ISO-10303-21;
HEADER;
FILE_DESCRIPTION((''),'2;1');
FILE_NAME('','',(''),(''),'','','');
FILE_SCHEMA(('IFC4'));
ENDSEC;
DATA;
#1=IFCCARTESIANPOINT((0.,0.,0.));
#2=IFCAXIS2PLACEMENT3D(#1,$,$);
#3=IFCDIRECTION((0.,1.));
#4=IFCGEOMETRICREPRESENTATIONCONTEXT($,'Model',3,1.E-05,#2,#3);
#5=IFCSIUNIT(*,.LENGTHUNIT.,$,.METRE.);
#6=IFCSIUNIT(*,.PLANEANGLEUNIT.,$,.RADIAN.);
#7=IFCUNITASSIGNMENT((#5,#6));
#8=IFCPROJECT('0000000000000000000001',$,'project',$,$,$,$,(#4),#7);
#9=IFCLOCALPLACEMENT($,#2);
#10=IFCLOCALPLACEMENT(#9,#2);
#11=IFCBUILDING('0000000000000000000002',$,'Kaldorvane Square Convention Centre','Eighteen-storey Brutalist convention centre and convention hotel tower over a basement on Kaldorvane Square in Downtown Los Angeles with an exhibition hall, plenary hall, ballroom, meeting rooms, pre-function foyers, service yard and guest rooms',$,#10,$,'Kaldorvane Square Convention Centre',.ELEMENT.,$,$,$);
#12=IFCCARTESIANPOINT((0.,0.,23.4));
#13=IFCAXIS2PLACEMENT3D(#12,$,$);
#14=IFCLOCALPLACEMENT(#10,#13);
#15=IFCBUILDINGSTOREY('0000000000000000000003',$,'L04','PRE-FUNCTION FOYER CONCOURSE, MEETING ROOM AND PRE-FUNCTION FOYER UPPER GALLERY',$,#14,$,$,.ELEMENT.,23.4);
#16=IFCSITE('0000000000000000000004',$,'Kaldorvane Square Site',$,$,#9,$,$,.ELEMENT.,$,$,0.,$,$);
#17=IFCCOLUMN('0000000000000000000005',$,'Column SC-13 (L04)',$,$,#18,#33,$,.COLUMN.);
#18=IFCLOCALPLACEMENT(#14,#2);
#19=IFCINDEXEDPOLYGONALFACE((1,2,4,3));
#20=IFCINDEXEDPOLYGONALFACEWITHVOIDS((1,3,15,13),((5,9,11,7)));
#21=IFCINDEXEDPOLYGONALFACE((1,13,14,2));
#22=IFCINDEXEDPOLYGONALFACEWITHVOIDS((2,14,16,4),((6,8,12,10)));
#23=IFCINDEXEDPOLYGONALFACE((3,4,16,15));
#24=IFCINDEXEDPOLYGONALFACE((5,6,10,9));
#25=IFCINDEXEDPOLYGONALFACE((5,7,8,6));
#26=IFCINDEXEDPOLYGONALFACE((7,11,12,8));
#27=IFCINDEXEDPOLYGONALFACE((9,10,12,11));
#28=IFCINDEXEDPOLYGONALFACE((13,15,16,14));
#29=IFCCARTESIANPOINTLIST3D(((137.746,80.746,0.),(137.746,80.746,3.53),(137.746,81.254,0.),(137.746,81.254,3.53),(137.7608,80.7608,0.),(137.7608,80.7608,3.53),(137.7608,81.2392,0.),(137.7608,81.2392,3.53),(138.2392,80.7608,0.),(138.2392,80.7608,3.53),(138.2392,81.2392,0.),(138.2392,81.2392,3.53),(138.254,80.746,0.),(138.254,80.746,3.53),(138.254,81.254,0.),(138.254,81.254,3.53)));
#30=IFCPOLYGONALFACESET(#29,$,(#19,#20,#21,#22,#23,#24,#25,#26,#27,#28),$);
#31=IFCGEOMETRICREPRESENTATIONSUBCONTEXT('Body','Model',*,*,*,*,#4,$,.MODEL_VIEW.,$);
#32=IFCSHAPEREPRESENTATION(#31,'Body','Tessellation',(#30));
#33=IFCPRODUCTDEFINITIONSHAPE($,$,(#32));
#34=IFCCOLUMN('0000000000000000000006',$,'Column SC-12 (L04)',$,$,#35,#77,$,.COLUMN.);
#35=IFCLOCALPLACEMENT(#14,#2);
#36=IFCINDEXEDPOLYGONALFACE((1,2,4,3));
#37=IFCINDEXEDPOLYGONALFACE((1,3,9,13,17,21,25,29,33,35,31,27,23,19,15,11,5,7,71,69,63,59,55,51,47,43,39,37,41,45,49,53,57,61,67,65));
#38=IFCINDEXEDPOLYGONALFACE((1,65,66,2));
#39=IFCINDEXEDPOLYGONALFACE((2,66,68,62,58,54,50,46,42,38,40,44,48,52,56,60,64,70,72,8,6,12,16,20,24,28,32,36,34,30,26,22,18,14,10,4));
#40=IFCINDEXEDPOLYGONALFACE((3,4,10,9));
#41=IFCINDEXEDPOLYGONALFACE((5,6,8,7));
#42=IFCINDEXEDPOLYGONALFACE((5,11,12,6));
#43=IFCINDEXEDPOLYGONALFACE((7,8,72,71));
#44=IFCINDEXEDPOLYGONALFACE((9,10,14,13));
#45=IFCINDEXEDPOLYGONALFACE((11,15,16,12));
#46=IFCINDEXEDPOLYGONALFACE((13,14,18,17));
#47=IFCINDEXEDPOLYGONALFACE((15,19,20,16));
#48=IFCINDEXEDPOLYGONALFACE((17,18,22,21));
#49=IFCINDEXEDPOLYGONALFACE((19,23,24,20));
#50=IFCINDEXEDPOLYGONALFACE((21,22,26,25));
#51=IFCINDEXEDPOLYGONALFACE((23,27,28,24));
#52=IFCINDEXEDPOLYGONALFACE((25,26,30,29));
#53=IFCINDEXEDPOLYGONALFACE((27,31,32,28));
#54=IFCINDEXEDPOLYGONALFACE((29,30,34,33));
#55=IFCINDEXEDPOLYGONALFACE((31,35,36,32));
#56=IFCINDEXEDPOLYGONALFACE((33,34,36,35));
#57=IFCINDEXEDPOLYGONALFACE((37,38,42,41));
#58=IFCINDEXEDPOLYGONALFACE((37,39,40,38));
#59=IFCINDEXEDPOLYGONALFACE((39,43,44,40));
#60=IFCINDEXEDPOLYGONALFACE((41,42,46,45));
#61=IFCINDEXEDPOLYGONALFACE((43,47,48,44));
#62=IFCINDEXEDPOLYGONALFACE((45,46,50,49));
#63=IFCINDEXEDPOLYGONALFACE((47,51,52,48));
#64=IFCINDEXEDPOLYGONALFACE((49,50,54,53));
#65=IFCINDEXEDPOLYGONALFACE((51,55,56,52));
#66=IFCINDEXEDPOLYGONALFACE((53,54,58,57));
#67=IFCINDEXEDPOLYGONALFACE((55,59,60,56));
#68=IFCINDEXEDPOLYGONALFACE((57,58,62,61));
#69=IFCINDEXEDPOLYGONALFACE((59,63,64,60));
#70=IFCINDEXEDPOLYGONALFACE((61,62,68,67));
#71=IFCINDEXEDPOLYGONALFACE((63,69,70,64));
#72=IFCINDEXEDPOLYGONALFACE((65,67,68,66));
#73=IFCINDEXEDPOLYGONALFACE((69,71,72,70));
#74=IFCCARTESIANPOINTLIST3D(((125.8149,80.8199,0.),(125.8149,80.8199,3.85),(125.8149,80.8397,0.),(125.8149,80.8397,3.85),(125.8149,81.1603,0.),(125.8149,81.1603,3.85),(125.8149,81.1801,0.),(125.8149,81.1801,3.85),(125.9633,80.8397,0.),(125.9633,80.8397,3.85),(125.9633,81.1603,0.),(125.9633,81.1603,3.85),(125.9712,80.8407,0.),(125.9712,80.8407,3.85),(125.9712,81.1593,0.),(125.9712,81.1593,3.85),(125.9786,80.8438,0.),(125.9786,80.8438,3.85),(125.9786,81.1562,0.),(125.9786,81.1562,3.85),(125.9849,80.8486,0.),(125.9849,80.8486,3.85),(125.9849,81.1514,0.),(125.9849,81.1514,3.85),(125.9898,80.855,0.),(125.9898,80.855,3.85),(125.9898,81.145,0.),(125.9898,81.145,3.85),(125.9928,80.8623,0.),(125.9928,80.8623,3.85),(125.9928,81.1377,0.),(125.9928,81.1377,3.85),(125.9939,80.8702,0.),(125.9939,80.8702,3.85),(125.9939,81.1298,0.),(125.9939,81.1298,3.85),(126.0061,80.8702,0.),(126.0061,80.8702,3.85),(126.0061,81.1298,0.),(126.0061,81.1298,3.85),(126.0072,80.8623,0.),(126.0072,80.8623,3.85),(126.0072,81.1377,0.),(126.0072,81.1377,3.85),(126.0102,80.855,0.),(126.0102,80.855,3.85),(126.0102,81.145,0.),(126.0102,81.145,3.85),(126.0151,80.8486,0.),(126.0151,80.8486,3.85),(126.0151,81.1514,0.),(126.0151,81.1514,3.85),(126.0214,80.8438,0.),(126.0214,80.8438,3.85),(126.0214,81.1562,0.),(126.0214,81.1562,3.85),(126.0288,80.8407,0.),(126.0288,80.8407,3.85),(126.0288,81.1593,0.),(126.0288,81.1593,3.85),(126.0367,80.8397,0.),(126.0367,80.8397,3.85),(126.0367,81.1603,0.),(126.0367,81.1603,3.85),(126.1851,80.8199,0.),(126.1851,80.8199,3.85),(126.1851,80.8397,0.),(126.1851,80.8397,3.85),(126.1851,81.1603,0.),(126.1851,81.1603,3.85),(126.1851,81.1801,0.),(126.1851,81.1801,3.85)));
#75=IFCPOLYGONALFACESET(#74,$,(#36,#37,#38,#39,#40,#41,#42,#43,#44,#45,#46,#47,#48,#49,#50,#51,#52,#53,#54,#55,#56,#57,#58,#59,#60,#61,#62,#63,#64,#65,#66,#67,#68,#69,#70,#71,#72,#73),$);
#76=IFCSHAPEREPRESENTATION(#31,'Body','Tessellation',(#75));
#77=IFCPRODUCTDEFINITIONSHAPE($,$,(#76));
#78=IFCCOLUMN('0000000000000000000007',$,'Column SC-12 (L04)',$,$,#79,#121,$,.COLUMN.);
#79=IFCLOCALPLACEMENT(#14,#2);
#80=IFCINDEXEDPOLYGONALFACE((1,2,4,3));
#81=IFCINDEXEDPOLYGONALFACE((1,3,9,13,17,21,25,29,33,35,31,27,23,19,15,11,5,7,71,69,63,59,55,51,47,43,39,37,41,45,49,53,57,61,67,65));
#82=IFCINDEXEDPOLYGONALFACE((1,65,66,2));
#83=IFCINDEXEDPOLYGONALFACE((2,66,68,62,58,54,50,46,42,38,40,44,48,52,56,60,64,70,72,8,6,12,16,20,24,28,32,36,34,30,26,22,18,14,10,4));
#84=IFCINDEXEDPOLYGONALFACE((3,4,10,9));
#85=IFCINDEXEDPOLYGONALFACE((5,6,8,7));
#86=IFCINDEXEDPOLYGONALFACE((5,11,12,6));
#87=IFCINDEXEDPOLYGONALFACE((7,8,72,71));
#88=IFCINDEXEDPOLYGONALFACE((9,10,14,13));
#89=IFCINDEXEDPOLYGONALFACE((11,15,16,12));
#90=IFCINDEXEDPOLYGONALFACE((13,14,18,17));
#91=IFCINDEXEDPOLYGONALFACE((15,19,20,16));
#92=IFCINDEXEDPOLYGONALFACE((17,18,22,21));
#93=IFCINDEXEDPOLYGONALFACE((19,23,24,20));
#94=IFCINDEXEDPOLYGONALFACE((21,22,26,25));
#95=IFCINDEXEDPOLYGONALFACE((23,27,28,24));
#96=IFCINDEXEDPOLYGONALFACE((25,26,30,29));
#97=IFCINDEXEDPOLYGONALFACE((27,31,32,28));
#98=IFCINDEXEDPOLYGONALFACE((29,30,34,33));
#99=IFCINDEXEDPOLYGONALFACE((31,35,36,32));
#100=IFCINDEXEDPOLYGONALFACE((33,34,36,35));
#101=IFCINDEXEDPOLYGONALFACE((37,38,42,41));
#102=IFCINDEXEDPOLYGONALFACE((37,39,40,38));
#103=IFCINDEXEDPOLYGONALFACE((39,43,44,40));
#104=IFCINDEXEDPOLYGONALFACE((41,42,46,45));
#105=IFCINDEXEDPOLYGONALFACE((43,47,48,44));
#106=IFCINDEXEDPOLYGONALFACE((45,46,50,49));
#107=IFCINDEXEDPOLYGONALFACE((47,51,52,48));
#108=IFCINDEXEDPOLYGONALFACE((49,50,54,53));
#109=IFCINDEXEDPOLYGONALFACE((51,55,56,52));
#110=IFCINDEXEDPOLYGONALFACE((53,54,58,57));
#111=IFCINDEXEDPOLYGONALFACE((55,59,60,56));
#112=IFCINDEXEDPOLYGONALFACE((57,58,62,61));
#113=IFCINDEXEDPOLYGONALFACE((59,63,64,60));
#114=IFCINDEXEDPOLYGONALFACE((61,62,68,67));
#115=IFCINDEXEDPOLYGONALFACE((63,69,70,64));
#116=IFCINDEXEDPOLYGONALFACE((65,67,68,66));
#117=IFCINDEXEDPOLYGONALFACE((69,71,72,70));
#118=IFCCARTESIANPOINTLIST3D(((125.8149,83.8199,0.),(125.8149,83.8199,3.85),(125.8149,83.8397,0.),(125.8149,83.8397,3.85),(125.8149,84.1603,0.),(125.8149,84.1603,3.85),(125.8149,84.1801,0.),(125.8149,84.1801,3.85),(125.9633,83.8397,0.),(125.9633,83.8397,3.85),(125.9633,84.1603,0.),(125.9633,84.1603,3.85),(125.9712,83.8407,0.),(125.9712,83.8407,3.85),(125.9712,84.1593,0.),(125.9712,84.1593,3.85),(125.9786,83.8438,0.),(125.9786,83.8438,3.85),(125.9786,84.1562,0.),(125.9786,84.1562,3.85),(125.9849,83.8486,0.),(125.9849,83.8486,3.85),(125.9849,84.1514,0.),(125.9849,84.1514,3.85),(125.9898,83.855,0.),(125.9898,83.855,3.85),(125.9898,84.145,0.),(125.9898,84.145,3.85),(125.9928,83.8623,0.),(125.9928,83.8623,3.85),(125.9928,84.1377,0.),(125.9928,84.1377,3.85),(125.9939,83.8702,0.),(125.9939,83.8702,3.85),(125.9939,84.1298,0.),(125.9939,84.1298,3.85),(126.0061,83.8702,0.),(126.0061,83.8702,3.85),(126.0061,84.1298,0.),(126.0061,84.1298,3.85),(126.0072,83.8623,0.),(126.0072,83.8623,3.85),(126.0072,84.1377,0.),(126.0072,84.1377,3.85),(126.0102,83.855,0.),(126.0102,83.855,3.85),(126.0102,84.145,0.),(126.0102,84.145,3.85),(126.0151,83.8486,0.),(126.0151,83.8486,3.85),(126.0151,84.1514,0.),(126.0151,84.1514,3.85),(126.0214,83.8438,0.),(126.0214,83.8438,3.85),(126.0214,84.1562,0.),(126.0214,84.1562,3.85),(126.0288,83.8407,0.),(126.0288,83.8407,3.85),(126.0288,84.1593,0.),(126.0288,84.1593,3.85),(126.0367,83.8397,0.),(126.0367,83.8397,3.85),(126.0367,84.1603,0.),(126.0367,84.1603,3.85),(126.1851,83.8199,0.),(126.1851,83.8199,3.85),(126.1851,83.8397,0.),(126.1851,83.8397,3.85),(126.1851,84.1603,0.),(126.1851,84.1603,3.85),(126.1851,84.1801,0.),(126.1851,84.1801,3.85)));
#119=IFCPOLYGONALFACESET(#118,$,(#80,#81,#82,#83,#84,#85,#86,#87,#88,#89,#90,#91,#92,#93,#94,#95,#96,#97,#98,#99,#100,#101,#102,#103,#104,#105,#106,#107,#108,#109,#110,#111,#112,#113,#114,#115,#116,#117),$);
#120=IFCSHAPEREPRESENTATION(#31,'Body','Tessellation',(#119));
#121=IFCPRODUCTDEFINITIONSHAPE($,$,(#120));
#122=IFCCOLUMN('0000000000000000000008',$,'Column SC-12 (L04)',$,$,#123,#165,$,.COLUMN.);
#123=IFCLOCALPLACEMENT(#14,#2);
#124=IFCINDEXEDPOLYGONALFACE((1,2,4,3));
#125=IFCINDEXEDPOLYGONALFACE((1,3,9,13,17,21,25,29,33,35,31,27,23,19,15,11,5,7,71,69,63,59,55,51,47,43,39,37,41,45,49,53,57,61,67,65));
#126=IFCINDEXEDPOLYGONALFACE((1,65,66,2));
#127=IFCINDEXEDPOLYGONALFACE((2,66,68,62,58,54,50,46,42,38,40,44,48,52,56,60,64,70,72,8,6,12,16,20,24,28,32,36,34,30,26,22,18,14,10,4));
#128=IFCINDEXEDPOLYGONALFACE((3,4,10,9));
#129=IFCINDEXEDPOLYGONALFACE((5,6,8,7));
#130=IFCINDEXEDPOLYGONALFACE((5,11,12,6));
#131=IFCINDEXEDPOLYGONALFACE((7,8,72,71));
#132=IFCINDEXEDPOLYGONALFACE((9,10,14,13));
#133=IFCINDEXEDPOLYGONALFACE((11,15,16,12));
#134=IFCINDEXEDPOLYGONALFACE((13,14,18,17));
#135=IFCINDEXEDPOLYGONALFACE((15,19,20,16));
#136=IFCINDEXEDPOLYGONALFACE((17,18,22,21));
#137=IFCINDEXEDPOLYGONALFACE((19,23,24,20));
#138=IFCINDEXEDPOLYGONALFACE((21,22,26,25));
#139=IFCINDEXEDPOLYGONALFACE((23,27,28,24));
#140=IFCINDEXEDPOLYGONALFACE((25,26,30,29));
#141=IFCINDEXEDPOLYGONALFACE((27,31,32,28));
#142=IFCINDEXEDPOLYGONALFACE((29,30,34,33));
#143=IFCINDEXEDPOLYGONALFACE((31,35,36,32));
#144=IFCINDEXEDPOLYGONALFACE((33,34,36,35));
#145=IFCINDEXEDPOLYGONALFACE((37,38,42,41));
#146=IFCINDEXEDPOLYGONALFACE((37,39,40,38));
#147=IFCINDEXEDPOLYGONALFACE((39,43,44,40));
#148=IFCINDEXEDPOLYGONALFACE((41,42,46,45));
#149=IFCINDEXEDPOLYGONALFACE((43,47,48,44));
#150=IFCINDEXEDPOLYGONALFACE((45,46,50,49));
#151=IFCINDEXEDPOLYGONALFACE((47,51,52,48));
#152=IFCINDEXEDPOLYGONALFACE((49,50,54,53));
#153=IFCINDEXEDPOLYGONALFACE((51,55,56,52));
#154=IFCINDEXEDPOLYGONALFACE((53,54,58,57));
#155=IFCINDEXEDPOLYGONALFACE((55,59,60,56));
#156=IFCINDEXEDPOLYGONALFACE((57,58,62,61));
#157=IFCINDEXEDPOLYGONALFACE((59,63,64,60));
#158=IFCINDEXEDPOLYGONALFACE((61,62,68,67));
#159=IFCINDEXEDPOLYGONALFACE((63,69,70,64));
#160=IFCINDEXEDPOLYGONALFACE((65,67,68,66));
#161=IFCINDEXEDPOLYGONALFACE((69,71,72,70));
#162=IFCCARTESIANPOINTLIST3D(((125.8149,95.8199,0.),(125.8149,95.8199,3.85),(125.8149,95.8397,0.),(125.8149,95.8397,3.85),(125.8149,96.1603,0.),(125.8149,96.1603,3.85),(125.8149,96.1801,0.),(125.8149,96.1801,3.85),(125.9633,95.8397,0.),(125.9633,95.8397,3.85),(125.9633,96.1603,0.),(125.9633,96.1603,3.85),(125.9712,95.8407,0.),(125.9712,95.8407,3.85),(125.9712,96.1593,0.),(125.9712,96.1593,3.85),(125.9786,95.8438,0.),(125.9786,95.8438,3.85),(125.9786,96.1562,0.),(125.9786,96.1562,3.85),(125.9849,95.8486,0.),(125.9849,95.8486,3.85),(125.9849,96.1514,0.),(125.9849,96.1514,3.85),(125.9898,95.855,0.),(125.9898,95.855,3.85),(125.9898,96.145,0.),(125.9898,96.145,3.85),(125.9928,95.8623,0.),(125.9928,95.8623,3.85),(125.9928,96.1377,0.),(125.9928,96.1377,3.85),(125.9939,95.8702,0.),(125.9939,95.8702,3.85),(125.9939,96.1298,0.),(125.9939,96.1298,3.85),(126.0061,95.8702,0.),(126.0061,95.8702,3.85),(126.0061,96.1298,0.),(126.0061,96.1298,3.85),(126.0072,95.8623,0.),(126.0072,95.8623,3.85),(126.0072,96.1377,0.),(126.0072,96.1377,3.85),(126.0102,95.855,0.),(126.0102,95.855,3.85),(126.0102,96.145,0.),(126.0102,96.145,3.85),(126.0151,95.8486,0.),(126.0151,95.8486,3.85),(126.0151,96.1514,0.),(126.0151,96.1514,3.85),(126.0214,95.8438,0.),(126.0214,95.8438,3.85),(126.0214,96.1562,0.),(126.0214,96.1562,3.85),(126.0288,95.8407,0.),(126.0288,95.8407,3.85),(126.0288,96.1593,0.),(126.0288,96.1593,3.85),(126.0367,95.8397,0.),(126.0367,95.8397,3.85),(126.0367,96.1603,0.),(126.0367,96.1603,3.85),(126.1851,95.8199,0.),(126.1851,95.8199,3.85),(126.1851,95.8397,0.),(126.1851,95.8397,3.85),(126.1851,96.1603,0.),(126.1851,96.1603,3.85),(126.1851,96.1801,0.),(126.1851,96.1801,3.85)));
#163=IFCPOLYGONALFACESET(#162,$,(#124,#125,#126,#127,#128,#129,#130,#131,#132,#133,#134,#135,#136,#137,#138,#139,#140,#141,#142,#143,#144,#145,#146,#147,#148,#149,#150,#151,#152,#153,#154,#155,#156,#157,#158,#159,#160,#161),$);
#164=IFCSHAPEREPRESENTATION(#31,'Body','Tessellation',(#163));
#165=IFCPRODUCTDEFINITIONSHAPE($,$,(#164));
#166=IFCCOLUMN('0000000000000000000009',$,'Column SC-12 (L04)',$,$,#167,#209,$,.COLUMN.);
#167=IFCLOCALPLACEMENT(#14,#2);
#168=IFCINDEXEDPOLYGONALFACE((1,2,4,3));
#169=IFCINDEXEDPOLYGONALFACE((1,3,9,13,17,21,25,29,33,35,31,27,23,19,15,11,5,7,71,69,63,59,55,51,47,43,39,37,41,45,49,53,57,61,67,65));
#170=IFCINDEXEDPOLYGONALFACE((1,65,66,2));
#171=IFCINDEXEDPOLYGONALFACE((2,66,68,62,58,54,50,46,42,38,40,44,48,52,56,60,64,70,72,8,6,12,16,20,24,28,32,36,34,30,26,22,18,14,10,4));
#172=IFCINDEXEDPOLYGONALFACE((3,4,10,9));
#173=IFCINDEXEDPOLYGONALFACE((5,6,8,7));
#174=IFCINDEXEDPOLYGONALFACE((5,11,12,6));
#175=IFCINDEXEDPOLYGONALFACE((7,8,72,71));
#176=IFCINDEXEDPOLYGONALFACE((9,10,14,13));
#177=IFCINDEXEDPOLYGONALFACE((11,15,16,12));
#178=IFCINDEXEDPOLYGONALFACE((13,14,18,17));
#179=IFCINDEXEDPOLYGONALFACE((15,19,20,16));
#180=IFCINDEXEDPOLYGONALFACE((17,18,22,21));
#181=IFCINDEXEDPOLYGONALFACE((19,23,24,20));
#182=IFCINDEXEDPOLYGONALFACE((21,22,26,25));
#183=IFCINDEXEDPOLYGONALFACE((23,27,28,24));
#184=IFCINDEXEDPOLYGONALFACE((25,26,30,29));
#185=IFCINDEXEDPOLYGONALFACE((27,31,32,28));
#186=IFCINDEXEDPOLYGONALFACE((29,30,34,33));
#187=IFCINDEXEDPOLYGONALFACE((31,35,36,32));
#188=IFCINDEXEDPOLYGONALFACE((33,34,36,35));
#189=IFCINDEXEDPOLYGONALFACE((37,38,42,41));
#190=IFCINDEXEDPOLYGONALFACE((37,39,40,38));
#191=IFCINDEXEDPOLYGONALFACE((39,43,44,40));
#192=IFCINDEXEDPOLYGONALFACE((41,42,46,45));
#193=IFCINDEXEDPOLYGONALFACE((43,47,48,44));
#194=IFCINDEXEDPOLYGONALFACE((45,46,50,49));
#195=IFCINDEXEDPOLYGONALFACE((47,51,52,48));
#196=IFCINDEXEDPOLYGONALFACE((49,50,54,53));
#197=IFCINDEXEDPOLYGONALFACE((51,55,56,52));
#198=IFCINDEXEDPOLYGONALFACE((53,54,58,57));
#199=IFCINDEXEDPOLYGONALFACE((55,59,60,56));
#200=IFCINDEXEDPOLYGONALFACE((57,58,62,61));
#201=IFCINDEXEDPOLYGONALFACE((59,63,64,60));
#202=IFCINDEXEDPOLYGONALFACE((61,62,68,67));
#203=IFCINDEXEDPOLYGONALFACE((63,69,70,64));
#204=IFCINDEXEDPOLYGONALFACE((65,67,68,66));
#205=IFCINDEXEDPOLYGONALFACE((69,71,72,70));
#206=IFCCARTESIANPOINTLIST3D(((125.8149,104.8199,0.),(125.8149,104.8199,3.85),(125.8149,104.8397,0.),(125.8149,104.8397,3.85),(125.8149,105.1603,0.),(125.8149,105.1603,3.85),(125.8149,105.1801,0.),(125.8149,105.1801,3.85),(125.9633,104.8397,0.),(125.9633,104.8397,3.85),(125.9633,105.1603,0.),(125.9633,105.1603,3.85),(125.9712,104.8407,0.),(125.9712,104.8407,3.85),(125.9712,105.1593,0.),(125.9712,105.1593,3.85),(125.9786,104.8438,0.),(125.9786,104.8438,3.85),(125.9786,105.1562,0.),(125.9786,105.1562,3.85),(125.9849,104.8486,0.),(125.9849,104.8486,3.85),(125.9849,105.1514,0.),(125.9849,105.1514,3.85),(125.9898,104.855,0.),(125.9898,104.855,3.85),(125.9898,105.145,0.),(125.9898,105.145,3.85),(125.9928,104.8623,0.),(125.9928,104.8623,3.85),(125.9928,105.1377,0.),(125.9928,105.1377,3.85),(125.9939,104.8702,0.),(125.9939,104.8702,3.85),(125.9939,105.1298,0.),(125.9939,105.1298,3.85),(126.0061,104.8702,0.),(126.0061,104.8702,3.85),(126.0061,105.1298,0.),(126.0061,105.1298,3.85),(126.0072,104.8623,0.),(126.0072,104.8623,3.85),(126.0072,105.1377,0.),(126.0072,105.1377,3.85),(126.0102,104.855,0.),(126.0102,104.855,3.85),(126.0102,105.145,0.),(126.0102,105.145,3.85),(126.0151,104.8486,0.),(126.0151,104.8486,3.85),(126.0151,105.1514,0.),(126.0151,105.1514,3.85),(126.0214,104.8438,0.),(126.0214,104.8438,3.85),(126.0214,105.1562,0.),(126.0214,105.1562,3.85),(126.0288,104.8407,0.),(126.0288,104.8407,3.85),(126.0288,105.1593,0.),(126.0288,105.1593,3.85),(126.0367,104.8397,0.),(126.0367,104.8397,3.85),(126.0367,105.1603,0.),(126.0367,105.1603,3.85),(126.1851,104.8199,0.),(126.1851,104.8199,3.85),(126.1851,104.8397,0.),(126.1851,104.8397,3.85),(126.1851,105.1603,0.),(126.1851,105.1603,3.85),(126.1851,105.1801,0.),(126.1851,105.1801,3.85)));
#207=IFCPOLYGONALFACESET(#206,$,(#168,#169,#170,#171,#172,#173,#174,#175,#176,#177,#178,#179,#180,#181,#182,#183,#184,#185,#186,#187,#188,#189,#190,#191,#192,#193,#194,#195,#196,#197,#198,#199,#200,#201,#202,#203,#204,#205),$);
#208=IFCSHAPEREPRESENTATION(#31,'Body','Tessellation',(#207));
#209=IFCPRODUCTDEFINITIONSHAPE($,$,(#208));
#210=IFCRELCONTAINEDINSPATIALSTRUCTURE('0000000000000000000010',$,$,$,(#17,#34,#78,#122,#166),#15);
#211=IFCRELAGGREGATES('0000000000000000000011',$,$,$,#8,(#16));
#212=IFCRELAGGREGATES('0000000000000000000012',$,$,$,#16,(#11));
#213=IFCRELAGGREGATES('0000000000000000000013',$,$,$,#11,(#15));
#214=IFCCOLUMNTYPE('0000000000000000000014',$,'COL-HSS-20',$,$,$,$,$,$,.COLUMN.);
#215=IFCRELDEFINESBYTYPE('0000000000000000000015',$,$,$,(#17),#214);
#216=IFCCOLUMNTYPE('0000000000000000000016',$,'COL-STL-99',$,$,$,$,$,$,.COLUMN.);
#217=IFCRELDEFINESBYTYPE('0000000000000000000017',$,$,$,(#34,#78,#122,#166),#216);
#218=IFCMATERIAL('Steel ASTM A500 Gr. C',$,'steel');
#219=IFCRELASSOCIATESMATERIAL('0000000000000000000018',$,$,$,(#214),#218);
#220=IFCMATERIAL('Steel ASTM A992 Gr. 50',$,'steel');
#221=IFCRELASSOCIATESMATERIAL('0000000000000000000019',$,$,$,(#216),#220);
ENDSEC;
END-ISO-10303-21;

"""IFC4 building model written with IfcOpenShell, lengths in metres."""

from ifc_helpers import new_model, si_unit, direction, frame, origin, origin_2d, place, context, subcontext, project, spatial, hollow_rectangle, i_section, extrude, material, material_profile, profile_set, type_object, element, save


model = new_model("IFC4")

# Units and contexts
model_context = context("Model", 3, precision=1e-05, world=origin(), true_north=direction((0.0, 1.0)))
body_context = subcontext(model_context, "Body", "Model", "MODEL_VIEW")
ifc_project = project(units=[si_unit("LENGTHUNIT", "METRE"), si_unit("PLANEANGLEUNIT", "RADIAN")], contexts=[model_context])

# Site, building, storey
site_placement = place(None, origin())
site = spatial("IfcSite", under=ifc_project, at=site_placement, Name="Kaldorvane Square Site", CompositionType="ELEMENT", RefElevation=0.0)
building_placement = place(site_placement, origin())
building = spatial("IfcBuilding", under=site, at=building_placement, Name="Kaldorvane Square Convention Centre", Description="Eighteen-storey Brutalist convention centre and convention hotel tower over a basement on Kaldorvane Square in Downtown Los Angeles with an exhibition hall, plenary hall, ballroom, meeting rooms, pre-function foyers, service yard and guest rooms", LongName="Kaldorvane Square Convention Centre", CompositionType="ELEMENT")
storey_placement = place(building_placement, frame((0.0, 0.0, 23.4)))
storey = spatial("IfcBuildingStorey", under=building, at=storey_placement, Name="L04", Description="PRE-FUNCTION FOYER CONCOURSE, MEETING ROOM AND PRE-FUNCTION FOYER UPPER GALLERY", CompositionType="ELEMENT", Elevation=23.4)

# Columns
ifc_material_1 = material(Name="Steel ASTM A500 Gr. C", Category="steel")
ifc_material_profile_1 = material_profile(ifc_material_1, hollow_rectangle(XDim=0.508, YDim=0.508, WallThickness=0.0148, at=origin_2d()), Name="HSS20X20X5/8")
ifc_profile_set_1 = profile_set([ifc_material_profile_1], Name="Steel ASTM A500 Gr. C")
column_type_1 = type_object("IfcColumnType", Name="COL-HSS-20", PredefinedType="COLUMN", material=ifc_profile_set_1)
column_placement = place(storey_placement, frame((138.0, 81.0, 0.0), z_axis=(0.0, 0.0, 1.0), x_axis=(1.0, 0.0, 0.0)))
element("IfcColumn", 1, at=column_placement, inside=storey, type_object=column_type_1, Name="Column SC-13 (L04)", PredefinedType="COLUMN", context=body_context, shape_type="SweptSolid", body=[
    extrude(hollow_rectangle(XDim=0.508, YDim=0.508, WallThickness=0.0148, at=origin_2d()), origin(), (0.0, 0.0, 1.0), 3.53),
])
ifc_material_2 = material(Name="Steel ASTM A992 Gr. 50", Category="steel")
ifc_material_profile_2 = material_profile(ifc_material_2, i_section(OverallWidth=0.3701, OverallDepth=0.3602, WebThickness=0.0123, FlangeThickness=0.0198, FilletRadius=0.0305, at=origin_2d()), Name="W14X99")
ifc_profile_set_2 = profile_set([ifc_material_profile_2], Name="Steel ASTM A992 Gr. 50")
column_type_2 = type_object("IfcColumnType", Name="COL-STL-99", PredefinedType="COLUMN", material=ifc_profile_set_2)
for number, where, z_axis, x_axis, name in (
    (2, (126.0, 81.0, 0.0), (0.0, 0.0, 1.0), (1.0, 0.0, 0.0), "Column SC-12 (L04)"),
    (3, (126.0, 84.0, 0.0), (0.0, 0.0, 1.0), (1.0, 0.0, 0.0), "Column SC-12 (L04)"),
    (4, (126.0, 96.0, 0.0), (0.0, 0.0, 1.0), (1.0, 0.0, 0.0), "Column SC-12 (L04)"),
    (5, (126.0, 105.0, 0.0), (0.0, 0.0, 1.0), (1.0, 0.0, 0.0), "Column SC-12 (L04)"),
):
    element("IfcColumn", number, at=place(storey_placement, frame(where, z_axis=z_axis, x_axis=x_axis)), inside=storey, type_object=column_type_2, Name=name, PredefinedType="COLUMN", context=body_context, shape_type="SweptSolid", body=[
        extrude(i_section(OverallWidth=0.3701, OverallDepth=0.3602, WebThickness=0.0123, FlangeThickness=0.0198, FilletRadius=0.0305, at=origin_2d()), origin(), (0.0, 0.0, 1.0), 3.85),
    ])

save(model, "model.ifc")
